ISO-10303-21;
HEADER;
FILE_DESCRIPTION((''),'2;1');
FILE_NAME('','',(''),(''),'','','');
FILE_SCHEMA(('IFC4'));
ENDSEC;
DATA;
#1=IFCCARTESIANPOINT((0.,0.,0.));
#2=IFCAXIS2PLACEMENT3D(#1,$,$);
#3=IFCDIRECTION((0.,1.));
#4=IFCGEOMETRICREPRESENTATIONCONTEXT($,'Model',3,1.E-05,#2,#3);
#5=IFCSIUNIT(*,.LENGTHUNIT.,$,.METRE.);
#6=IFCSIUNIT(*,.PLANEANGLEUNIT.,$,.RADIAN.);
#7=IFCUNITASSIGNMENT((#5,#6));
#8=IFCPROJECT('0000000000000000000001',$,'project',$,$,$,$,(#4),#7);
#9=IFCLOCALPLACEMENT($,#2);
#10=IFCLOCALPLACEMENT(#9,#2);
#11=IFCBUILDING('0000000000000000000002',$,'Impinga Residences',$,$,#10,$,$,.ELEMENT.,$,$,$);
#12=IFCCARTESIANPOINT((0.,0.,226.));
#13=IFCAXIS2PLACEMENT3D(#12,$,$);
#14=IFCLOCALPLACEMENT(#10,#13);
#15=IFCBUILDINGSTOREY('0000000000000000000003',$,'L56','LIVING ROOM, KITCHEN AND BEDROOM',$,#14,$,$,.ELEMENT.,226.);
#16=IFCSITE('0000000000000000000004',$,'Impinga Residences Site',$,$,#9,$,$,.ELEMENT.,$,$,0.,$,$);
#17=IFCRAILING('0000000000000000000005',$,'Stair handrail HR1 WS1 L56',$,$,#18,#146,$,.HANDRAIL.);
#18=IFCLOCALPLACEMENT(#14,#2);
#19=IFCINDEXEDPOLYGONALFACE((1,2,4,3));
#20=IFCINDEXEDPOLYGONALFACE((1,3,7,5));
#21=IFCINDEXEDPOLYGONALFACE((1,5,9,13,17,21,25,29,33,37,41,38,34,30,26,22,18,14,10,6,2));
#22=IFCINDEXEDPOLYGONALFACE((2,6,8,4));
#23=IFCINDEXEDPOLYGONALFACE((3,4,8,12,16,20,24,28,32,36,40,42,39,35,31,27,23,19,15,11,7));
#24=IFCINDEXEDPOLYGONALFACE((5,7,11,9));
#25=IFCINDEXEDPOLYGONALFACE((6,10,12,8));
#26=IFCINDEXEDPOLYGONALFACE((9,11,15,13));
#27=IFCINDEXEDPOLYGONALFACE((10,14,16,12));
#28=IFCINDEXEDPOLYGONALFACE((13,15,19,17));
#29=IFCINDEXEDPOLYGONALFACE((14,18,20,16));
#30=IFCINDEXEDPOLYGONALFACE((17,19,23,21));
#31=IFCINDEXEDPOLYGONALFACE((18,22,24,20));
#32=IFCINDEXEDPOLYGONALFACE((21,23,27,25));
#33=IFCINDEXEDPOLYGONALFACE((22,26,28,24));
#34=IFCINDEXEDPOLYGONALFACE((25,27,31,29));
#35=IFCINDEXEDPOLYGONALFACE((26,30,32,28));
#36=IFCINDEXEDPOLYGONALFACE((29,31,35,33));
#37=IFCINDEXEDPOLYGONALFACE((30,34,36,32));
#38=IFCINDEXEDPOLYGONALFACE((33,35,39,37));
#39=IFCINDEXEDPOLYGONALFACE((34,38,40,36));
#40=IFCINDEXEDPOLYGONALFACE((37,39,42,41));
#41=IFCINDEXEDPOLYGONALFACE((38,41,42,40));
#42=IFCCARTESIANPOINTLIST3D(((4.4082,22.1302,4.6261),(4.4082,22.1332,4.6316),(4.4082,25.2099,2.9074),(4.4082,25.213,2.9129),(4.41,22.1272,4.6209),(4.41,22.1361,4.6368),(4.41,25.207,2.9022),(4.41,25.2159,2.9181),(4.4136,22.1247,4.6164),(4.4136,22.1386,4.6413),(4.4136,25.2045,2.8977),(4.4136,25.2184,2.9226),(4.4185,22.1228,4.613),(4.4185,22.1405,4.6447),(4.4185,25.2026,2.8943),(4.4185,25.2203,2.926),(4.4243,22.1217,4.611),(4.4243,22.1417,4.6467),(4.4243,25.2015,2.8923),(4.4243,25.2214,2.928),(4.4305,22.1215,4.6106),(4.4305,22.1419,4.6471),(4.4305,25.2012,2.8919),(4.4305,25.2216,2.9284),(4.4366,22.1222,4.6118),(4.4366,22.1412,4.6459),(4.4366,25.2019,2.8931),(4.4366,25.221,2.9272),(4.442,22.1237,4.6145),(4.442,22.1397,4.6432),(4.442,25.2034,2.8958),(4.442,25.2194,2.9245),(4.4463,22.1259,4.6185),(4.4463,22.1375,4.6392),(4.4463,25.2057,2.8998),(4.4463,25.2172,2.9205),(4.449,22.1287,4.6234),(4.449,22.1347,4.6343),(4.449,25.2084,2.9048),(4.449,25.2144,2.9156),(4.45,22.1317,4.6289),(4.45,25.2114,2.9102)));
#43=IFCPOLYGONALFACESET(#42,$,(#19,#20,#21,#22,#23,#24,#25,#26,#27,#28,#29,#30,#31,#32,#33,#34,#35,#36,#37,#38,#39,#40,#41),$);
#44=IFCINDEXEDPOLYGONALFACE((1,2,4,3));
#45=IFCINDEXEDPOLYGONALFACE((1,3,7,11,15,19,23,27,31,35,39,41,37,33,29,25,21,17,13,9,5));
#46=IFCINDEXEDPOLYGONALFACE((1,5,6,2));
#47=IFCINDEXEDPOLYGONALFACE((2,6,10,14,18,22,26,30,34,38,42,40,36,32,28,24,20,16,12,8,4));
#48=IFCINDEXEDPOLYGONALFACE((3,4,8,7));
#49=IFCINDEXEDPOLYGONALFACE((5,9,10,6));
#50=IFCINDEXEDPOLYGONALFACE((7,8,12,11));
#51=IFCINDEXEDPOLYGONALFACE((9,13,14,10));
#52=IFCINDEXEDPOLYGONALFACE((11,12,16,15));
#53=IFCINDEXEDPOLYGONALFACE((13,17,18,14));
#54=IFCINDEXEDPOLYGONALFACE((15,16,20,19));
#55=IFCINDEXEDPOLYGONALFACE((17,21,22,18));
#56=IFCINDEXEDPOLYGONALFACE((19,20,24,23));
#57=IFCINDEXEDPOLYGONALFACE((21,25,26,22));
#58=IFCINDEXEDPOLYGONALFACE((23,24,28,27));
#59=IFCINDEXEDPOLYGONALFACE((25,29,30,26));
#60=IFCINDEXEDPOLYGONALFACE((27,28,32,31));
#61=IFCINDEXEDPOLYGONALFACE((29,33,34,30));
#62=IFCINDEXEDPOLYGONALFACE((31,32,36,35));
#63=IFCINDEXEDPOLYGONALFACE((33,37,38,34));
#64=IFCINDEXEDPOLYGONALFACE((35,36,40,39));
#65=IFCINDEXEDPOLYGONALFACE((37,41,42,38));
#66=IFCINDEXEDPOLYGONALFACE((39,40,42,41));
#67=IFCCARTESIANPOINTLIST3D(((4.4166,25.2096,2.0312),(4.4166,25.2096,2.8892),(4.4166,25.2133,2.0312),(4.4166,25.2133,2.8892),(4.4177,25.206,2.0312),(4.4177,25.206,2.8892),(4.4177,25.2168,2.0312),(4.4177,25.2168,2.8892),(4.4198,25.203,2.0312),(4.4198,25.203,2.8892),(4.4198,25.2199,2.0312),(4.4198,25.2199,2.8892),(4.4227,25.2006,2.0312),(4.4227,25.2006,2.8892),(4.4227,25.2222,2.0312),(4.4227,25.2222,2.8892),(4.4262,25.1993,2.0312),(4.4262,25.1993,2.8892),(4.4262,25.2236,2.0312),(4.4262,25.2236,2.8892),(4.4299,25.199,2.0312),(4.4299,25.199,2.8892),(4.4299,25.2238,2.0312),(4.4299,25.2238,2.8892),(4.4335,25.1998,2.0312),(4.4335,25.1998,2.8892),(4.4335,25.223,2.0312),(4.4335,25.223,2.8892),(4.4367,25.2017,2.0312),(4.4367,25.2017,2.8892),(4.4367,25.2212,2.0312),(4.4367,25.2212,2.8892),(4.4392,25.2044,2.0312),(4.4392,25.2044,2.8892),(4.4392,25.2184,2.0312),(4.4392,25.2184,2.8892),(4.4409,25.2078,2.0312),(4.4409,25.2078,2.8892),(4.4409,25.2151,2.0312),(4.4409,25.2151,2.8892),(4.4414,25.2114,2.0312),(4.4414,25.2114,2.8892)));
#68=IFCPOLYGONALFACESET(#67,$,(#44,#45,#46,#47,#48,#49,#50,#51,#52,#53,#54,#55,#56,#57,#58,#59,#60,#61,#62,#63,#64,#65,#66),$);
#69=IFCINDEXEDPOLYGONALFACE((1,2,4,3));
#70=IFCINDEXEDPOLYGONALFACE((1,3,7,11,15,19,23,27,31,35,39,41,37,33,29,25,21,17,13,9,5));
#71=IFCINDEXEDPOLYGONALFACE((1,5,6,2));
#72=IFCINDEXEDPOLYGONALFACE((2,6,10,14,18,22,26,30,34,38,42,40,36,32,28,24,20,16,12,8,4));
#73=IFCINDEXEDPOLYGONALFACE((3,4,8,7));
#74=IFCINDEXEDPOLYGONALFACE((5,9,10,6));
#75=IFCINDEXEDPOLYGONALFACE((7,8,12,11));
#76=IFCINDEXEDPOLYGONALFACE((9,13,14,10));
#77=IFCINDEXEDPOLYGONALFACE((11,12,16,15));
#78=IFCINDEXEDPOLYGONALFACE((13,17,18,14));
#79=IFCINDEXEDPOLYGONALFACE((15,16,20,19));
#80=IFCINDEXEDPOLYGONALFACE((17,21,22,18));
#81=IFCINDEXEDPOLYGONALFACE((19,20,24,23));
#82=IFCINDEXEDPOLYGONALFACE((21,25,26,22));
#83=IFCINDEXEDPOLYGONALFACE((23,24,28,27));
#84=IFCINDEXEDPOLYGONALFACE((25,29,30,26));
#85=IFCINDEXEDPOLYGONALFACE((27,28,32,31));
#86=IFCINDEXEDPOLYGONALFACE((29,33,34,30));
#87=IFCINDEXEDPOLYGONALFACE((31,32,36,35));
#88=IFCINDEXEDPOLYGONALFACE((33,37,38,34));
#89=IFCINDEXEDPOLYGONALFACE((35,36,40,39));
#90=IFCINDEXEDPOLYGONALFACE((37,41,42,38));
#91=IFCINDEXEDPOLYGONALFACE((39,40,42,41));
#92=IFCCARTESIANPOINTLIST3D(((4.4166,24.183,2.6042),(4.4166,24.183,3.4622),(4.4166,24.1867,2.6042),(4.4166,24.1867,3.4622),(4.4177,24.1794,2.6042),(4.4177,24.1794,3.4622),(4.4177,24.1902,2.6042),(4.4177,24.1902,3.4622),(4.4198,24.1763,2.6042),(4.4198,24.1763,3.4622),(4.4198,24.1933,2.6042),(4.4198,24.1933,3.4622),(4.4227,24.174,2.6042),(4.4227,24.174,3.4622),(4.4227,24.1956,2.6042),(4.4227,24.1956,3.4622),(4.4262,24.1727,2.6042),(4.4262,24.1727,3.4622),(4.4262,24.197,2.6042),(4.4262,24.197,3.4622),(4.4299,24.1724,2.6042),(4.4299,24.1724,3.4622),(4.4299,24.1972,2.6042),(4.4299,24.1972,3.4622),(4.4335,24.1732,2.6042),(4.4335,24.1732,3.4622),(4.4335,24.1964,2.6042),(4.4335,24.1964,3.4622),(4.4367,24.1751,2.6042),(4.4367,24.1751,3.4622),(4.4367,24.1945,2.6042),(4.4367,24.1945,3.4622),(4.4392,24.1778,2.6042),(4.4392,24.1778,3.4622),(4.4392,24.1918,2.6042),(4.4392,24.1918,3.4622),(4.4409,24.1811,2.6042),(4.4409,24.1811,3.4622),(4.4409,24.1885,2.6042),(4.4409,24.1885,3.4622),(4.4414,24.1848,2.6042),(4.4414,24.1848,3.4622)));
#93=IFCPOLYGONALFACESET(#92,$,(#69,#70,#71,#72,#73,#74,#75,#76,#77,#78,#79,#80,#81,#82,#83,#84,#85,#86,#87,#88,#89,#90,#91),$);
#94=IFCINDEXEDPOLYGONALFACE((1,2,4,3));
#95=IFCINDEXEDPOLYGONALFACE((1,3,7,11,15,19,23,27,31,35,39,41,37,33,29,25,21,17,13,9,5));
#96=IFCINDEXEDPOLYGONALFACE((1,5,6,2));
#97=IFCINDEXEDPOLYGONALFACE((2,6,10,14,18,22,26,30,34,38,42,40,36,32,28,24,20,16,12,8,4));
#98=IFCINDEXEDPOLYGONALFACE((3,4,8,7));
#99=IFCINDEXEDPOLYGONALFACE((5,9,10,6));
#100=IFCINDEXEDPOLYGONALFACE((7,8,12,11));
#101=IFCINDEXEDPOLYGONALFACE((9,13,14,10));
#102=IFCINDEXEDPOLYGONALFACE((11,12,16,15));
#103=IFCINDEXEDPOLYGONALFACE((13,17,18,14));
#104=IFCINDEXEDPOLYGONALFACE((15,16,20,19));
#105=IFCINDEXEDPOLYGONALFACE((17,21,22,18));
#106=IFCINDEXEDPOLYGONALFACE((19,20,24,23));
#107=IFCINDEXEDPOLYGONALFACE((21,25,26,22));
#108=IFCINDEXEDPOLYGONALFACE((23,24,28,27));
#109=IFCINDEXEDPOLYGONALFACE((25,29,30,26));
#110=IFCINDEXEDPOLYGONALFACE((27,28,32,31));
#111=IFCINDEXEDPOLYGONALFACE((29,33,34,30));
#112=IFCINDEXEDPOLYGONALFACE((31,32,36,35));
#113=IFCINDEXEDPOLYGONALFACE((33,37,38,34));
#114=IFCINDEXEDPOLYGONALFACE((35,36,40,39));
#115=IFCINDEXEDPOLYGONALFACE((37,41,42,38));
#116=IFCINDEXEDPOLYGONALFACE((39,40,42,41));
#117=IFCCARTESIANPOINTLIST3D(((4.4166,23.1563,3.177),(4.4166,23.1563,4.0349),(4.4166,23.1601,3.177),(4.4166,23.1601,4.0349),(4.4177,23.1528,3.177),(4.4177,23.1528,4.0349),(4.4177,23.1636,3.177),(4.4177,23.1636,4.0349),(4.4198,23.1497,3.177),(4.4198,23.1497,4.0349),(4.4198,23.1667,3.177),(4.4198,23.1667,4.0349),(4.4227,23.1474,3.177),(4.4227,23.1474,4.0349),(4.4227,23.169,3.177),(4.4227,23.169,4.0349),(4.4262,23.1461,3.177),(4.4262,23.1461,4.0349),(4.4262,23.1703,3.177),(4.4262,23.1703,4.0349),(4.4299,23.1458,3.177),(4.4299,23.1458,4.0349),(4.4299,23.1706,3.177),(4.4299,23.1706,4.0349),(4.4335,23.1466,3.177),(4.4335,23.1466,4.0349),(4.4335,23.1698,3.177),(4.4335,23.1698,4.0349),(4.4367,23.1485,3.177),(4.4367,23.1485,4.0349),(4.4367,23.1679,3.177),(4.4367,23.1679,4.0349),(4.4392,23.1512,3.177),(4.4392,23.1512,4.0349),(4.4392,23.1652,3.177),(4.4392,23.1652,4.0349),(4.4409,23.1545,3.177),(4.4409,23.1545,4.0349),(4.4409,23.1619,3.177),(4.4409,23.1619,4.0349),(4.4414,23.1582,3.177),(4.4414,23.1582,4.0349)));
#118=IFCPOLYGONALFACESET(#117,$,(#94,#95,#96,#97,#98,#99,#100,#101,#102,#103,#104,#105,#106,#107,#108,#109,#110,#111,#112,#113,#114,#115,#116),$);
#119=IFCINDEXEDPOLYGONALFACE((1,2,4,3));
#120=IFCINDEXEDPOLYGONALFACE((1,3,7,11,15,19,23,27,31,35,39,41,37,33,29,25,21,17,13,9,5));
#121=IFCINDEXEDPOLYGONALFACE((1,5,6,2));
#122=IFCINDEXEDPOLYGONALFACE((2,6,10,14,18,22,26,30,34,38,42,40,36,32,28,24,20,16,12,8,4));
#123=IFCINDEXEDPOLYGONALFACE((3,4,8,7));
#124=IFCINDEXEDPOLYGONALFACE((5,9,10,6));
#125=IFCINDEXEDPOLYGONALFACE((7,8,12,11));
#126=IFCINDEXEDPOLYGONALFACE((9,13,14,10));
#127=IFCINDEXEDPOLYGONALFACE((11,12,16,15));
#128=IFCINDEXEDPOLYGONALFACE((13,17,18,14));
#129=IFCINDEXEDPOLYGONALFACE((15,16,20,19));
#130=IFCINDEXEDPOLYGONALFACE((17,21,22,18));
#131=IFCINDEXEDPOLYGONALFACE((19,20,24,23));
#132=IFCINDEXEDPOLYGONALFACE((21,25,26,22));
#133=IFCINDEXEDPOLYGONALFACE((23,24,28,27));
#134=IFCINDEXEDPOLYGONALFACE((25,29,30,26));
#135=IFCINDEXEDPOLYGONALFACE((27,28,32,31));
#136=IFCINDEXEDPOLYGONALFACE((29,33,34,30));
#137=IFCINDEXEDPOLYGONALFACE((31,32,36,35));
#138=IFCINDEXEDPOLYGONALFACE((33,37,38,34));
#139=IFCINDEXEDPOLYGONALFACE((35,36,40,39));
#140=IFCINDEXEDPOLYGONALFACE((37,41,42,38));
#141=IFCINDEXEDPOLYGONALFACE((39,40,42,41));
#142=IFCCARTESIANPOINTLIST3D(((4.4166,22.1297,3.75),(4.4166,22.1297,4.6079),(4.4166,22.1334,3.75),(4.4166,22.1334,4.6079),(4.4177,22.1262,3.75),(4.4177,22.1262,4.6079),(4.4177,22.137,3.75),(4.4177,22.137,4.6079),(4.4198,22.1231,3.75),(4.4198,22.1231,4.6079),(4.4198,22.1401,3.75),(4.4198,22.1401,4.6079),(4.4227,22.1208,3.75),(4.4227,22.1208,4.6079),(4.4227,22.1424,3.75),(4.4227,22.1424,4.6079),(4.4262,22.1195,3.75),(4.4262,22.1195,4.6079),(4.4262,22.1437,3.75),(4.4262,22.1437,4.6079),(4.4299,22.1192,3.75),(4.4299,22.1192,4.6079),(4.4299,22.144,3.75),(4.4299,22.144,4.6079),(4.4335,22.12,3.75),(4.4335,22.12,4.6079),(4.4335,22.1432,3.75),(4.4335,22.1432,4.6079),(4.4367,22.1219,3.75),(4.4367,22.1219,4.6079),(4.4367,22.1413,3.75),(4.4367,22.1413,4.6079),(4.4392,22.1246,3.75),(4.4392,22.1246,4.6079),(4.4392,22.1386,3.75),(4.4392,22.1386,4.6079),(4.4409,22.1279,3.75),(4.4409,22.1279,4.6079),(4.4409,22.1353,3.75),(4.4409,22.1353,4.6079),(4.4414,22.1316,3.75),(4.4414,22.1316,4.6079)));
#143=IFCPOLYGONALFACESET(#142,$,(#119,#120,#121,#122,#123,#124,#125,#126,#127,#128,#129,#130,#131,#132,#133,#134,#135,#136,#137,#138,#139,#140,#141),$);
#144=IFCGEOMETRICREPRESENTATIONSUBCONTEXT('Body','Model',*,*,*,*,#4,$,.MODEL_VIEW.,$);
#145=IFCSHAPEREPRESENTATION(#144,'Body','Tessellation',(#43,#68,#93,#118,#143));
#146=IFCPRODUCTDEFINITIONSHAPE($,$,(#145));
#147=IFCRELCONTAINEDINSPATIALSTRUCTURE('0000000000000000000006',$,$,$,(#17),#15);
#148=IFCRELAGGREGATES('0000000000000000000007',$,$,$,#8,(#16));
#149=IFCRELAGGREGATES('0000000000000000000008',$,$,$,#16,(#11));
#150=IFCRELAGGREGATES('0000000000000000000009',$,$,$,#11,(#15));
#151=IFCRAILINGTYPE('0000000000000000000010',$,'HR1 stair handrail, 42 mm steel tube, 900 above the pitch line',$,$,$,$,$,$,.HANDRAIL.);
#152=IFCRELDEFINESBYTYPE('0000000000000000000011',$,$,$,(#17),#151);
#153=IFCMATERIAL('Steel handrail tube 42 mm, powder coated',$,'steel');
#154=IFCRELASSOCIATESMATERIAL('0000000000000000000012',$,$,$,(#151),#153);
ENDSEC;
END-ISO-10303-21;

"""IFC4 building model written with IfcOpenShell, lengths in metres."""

from ifc_helpers import new_model, si_unit, direction, frame, origin, origin_2d, place, context, subcontext, project, spatial, circle, extrude, material, type_object, element, save


model = new_model("IFC4")

# Units and contexts
model_context = context("Model", 3, precision=1e-05, world=origin(), true_north=direction((0.0, 1.0)))
body_context = subcontext(model_context, "Body", "Model", "MODEL_VIEW")
ifc_project = project(units=[si_unit("LENGTHUNIT", "METRE"), si_unit("PLANEANGLEUNIT", "RADIAN")], contexts=[model_context])

# Site, building, storey
site_placement = place(None, origin())
site = spatial("IfcSite", under=ifc_project, at=site_placement, Name="Impinga Residences Site", CompositionType="ELEMENT", RefElevation=0.0)
building_placement = place(site_placement, origin())
building = spatial("IfcBuilding", under=site, at=building_placement, Name="Impinga Residences", CompositionType="ELEMENT")
storey_placement = place(building_placement, frame((0.0, 0.0, 226.0)))
storey = spatial("IfcBuildingStorey", under=building, at=storey_placement, Name="L56", Description="LIVING ROOM, KITCHEN AND BEDROOM", CompositionType="ELEMENT", Elevation=226.0)

# Railing
ifc_material_1 = material(Name="Steel handrail tube 42 mm, powder coated", Category="steel")
railing_type_1 = type_object("IfcRailingType", Name="HR1 stair handrail, 42 mm steel tube, 900 above the pitch line", PredefinedType="HANDRAIL", material=ifc_material_1)
railing_1_placement = place(storey_placement, frame((4.429, 25.2114, 2.0312)))
element("IfcRailing", 1, at=railing_1_placement, inside=storey, type_object=railing_type_1, Name="Stair handrail HR1 WS1 L56", PredefinedType="HANDRAIL", context=body_context, shape_type="SweptSolid", body=[
    extrude(circle(Radius=0.021, at=origin_2d()), frame((0.0, 0.0, 0.8789), z_axis=(0.0, -0.873225, 0.487317), x_axis=(1.0, 0.0, 0.0)), (0.0, 0.0, 1.0), 3.5269),
    extrude(circle(Radius=0.0125, at=origin_2d()), origin(), (0.0, 0.0, 1.0), 0.8579),
    extrude(circle(Radius=0.0125, at=origin_2d()), frame((0.0, -1.0266, 0.573)), (0.0, 0.0, 1.0), 0.8579),
    extrude(circle(Radius=0.0125, at=origin_2d()), frame((0.0, -2.0532, 1.1458)), (0.0, 0.0, 1.0), 0.8579),
    extrude(circle(Radius=0.0125, at=origin_2d()), frame((0.0, -3.0798, 1.7188)), (0.0, 0.0, 1.0), 0.8579),
])

save(model, "model.ifc")
